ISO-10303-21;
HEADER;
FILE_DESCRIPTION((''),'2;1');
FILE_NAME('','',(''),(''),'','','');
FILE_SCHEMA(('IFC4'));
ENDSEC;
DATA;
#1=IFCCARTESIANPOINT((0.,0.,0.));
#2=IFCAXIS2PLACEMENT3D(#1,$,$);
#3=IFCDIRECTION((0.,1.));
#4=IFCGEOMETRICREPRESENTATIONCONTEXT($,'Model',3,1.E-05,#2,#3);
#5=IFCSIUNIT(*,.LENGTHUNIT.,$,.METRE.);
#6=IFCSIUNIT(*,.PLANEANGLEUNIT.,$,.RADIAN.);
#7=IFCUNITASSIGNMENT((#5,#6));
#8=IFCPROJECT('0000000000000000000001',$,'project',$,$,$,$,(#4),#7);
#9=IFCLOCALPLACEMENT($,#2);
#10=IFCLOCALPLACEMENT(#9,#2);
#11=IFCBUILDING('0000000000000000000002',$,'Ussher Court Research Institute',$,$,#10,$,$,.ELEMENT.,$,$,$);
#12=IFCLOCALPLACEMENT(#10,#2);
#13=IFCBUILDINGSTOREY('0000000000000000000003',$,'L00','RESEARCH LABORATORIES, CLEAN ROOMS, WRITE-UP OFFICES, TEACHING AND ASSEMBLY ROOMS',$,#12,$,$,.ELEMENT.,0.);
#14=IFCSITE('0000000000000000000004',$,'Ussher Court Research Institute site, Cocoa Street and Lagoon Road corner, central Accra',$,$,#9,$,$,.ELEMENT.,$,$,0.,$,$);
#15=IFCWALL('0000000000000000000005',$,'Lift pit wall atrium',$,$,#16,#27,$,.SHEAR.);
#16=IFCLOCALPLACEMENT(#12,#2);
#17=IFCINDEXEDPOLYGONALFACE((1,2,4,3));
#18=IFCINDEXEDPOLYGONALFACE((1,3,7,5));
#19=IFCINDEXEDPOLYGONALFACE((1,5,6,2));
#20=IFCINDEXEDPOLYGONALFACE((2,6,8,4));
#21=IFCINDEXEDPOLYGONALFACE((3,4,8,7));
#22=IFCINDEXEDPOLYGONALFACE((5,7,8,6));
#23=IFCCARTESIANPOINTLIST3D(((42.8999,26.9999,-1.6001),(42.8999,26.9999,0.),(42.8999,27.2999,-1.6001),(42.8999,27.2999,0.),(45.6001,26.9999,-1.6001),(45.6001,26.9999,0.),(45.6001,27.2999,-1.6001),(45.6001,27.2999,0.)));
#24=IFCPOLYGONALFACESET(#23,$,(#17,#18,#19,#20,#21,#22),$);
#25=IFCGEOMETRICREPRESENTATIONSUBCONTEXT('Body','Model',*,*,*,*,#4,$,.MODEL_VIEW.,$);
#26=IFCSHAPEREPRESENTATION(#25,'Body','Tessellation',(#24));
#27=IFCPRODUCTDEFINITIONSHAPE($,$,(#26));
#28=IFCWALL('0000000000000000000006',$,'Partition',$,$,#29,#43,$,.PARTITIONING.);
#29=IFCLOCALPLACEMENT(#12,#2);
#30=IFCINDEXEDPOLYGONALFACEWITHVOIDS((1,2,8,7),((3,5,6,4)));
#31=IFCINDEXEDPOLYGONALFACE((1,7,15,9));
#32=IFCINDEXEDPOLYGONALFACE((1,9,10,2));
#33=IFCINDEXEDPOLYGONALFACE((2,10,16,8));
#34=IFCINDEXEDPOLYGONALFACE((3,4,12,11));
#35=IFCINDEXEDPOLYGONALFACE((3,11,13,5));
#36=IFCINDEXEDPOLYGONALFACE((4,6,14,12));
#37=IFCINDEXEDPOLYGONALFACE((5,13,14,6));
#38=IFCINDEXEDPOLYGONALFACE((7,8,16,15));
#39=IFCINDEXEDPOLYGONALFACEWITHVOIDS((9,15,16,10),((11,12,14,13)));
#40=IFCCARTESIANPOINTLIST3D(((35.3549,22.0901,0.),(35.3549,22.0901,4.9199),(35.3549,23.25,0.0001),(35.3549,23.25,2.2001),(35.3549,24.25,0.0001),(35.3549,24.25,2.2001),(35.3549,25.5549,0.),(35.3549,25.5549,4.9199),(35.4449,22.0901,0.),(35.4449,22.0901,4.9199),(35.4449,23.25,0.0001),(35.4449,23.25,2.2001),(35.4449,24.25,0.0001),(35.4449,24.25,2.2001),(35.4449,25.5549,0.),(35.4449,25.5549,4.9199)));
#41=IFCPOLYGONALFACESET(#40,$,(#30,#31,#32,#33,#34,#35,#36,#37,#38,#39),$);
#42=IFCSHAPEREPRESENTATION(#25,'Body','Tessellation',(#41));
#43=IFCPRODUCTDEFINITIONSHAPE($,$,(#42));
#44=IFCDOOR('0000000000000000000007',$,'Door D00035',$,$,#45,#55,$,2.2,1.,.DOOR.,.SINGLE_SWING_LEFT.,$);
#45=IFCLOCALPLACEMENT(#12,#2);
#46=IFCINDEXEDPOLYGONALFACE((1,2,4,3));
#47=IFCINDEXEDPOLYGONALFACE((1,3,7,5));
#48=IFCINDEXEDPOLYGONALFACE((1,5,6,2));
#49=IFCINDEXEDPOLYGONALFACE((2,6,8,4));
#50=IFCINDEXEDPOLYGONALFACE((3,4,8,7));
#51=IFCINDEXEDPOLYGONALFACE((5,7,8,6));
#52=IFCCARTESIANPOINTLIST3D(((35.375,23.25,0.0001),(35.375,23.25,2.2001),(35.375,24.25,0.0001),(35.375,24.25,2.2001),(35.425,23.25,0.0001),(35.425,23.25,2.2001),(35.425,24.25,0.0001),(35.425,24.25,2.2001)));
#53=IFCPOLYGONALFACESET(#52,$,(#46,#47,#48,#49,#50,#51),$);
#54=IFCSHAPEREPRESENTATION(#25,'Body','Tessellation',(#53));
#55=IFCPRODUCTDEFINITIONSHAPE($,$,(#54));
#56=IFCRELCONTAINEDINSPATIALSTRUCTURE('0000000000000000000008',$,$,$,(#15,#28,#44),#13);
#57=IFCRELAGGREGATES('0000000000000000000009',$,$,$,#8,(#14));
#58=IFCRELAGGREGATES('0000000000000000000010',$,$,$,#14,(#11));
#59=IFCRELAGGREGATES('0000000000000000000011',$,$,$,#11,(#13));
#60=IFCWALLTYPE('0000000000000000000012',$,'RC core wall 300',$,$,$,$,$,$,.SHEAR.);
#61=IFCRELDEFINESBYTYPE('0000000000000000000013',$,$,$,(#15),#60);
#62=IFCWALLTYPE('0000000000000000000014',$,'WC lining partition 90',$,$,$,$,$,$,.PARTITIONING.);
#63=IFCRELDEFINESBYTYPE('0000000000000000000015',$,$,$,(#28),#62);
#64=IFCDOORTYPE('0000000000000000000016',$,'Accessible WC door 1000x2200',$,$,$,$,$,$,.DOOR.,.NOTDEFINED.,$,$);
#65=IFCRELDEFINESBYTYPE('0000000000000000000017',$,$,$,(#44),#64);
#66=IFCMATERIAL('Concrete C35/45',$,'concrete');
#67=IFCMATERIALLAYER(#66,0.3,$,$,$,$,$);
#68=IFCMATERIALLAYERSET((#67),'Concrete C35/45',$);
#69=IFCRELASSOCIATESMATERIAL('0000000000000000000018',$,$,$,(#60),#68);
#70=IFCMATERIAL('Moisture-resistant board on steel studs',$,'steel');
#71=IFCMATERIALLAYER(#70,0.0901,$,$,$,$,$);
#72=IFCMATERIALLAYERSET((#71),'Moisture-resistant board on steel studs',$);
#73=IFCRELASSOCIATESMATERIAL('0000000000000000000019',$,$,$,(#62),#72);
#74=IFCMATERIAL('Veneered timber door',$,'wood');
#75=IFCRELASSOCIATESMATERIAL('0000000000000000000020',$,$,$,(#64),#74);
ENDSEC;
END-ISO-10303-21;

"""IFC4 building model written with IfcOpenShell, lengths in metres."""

from ifc_helpers import new_model, si_unit, direction, frame, frame_2d, origin, place, context, subcontext, project, spatial, rectangle, extrude, material, layer, layer_set, type_object, element, fill, save


model = new_model("IFC4")

# Units and contexts
model_context = context("Model", 3, precision=1e-05, world=origin(), true_north=direction((0.0, 1.0)))
body_context = subcontext(model_context, "Body", "Model", "MODEL_VIEW")
ifc_project = project(units=[si_unit("LENGTHUNIT", "METRE"), si_unit("PLANEANGLEUNIT", "RADIAN")], contexts=[model_context])

# Site, building, storey
site_placement = place(None, origin())
site = spatial("IfcSite", under=ifc_project, at=site_placement, Name="Ussher Court Research Institute site, Cocoa Street and Lagoon Road corner, central Accra", CompositionType="ELEMENT", RefElevation=0.0)
building_placement = place(site_placement, origin())
building = spatial("IfcBuilding", under=site, at=building_placement, Name="Ussher Court Research Institute", CompositionType="ELEMENT")
storey_placement = place(building_placement, origin())
storey = spatial("IfcBuildingStorey", under=building, at=storey_placement, Name="L00", Description="RESEARCH LABORATORIES, CLEAN ROOMS, WRITE-UP OFFICES, TEACHING AND ASSEMBLY ROOMS", CompositionType="ELEMENT", Elevation=0.0)

# Shared definitions
ifc_material_1 = material(Name="Concrete C35/45", Category="concrete")
ifc_layer_1 = layer(ifc_material_1, 0.3)
ifc_layer_set_1 = layer_set([ifc_layer_1], Name="Concrete C35/45")
wall_type_1 = type_object("IfcWallType", Name="RC core wall 300", PredefinedType="SHEAR", material=ifc_layer_set_1)

# Wall
wall_1_placement = place(storey_placement, frame((42.8999, 27.1499, -1.6001), z_axis=(0.0, 0.0, 1.0), x_axis=(1.0, 0.0, 0.0)))
element("IfcWall", 1, at=wall_1_placement, inside=storey, type_object=wall_type_1, Name="Lift pit wall atrium", PredefinedType="SHEAR", context=body_context, shape_type="SweptSolid", body=[
    extrude(rectangle(XDim=2.7002, YDim=0.3, at=frame_2d((1.3501, 0.0))), origin(), (0.0, 0.0, 1.0), 1.6001),
])

# Wall, opening, door
ifc_material_2 = material(Name="Moisture-resistant board on steel studs", Category="steel")
ifc_layer_2 = layer(ifc_material_2, 0.0901)
ifc_layer_set_2 = layer_set([ifc_layer_2], Name="Moisture-resistant board on steel studs")
wall_type_2 = type_object("IfcWallType", Name="WC lining partition 90", PredefinedType="PARTITIONING", material=ifc_layer_set_2)
wall_2_placement = place(storey_placement, frame((35.3999, 22.0901, 0.0), z_axis=(0.0, 0.0, 1.0), x_axis=(0.0, 1.0, 0.0)))
wall_2 = element("IfcWall", 2, at=wall_2_placement, inside=storey, type_object=wall_type_2, Name="Partition", PredefinedType="PARTITIONING", context=body_context, shape_type="SweptSolid", body=[
    extrude(rectangle(XDim=3.4648, YDim=0.0901, at=frame_2d((1.7324, 0.0))), origin(), (0.0, 0.0, 1.0), 4.9199),
])
opening_1_placement = place(wall_2_placement, frame((1.1599, 0.0, 0.0)))
opening_1 = element("IfcOpeningElement", 3, at=opening_1_placement, cuts=wall_2, PredefinedType="OPENING", context=body_context, shape_type="SweptSolid", body=[
    extrude(rectangle(XDim=1.0, YDim=2.2, at=frame_2d((0.5, 1.1001))), frame((0.0, 0.0552, 0.0), z_axis=(0.0, -1.0, 0.0), x_axis=(1.0, 0.0, 0.0)), (0.0, 0.0, 1.0), 0.1101),
])
ifc_material_3 = material(Name="Veneered timber door", Category="wood")
door_type_1 = type_object("IfcDoorType", Name="Accessible WC door 1000x2200", OperationType="NOTDEFINED", PredefinedType="DOOR", material=ifc_material_3)
door_1_placement = place(opening_1_placement, origin())
door_1 = element("IfcDoor", 4, at=door_1_placement, inside=storey, type_object=door_type_1, Name="Door D00035", OperationType="SINGLE_SWING_LEFT", OverallHeight=2.2, OverallWidth=1.0, PredefinedType="DOOR", context=body_context, shape_type="SweptSolid", body=[
    extrude(rectangle(XDim=1.0, YDim=2.2, at=frame_2d((0.5, 1.1001))), frame((0.0, 0.0249, 0.0), z_axis=(0.0, -1.0, 0.0), x_axis=(1.0, 0.0, 0.0)), (0.0, 0.0, 1.0), 0.05),
])
fill(opening_1, door_1)

save(model, "model.ifc")
